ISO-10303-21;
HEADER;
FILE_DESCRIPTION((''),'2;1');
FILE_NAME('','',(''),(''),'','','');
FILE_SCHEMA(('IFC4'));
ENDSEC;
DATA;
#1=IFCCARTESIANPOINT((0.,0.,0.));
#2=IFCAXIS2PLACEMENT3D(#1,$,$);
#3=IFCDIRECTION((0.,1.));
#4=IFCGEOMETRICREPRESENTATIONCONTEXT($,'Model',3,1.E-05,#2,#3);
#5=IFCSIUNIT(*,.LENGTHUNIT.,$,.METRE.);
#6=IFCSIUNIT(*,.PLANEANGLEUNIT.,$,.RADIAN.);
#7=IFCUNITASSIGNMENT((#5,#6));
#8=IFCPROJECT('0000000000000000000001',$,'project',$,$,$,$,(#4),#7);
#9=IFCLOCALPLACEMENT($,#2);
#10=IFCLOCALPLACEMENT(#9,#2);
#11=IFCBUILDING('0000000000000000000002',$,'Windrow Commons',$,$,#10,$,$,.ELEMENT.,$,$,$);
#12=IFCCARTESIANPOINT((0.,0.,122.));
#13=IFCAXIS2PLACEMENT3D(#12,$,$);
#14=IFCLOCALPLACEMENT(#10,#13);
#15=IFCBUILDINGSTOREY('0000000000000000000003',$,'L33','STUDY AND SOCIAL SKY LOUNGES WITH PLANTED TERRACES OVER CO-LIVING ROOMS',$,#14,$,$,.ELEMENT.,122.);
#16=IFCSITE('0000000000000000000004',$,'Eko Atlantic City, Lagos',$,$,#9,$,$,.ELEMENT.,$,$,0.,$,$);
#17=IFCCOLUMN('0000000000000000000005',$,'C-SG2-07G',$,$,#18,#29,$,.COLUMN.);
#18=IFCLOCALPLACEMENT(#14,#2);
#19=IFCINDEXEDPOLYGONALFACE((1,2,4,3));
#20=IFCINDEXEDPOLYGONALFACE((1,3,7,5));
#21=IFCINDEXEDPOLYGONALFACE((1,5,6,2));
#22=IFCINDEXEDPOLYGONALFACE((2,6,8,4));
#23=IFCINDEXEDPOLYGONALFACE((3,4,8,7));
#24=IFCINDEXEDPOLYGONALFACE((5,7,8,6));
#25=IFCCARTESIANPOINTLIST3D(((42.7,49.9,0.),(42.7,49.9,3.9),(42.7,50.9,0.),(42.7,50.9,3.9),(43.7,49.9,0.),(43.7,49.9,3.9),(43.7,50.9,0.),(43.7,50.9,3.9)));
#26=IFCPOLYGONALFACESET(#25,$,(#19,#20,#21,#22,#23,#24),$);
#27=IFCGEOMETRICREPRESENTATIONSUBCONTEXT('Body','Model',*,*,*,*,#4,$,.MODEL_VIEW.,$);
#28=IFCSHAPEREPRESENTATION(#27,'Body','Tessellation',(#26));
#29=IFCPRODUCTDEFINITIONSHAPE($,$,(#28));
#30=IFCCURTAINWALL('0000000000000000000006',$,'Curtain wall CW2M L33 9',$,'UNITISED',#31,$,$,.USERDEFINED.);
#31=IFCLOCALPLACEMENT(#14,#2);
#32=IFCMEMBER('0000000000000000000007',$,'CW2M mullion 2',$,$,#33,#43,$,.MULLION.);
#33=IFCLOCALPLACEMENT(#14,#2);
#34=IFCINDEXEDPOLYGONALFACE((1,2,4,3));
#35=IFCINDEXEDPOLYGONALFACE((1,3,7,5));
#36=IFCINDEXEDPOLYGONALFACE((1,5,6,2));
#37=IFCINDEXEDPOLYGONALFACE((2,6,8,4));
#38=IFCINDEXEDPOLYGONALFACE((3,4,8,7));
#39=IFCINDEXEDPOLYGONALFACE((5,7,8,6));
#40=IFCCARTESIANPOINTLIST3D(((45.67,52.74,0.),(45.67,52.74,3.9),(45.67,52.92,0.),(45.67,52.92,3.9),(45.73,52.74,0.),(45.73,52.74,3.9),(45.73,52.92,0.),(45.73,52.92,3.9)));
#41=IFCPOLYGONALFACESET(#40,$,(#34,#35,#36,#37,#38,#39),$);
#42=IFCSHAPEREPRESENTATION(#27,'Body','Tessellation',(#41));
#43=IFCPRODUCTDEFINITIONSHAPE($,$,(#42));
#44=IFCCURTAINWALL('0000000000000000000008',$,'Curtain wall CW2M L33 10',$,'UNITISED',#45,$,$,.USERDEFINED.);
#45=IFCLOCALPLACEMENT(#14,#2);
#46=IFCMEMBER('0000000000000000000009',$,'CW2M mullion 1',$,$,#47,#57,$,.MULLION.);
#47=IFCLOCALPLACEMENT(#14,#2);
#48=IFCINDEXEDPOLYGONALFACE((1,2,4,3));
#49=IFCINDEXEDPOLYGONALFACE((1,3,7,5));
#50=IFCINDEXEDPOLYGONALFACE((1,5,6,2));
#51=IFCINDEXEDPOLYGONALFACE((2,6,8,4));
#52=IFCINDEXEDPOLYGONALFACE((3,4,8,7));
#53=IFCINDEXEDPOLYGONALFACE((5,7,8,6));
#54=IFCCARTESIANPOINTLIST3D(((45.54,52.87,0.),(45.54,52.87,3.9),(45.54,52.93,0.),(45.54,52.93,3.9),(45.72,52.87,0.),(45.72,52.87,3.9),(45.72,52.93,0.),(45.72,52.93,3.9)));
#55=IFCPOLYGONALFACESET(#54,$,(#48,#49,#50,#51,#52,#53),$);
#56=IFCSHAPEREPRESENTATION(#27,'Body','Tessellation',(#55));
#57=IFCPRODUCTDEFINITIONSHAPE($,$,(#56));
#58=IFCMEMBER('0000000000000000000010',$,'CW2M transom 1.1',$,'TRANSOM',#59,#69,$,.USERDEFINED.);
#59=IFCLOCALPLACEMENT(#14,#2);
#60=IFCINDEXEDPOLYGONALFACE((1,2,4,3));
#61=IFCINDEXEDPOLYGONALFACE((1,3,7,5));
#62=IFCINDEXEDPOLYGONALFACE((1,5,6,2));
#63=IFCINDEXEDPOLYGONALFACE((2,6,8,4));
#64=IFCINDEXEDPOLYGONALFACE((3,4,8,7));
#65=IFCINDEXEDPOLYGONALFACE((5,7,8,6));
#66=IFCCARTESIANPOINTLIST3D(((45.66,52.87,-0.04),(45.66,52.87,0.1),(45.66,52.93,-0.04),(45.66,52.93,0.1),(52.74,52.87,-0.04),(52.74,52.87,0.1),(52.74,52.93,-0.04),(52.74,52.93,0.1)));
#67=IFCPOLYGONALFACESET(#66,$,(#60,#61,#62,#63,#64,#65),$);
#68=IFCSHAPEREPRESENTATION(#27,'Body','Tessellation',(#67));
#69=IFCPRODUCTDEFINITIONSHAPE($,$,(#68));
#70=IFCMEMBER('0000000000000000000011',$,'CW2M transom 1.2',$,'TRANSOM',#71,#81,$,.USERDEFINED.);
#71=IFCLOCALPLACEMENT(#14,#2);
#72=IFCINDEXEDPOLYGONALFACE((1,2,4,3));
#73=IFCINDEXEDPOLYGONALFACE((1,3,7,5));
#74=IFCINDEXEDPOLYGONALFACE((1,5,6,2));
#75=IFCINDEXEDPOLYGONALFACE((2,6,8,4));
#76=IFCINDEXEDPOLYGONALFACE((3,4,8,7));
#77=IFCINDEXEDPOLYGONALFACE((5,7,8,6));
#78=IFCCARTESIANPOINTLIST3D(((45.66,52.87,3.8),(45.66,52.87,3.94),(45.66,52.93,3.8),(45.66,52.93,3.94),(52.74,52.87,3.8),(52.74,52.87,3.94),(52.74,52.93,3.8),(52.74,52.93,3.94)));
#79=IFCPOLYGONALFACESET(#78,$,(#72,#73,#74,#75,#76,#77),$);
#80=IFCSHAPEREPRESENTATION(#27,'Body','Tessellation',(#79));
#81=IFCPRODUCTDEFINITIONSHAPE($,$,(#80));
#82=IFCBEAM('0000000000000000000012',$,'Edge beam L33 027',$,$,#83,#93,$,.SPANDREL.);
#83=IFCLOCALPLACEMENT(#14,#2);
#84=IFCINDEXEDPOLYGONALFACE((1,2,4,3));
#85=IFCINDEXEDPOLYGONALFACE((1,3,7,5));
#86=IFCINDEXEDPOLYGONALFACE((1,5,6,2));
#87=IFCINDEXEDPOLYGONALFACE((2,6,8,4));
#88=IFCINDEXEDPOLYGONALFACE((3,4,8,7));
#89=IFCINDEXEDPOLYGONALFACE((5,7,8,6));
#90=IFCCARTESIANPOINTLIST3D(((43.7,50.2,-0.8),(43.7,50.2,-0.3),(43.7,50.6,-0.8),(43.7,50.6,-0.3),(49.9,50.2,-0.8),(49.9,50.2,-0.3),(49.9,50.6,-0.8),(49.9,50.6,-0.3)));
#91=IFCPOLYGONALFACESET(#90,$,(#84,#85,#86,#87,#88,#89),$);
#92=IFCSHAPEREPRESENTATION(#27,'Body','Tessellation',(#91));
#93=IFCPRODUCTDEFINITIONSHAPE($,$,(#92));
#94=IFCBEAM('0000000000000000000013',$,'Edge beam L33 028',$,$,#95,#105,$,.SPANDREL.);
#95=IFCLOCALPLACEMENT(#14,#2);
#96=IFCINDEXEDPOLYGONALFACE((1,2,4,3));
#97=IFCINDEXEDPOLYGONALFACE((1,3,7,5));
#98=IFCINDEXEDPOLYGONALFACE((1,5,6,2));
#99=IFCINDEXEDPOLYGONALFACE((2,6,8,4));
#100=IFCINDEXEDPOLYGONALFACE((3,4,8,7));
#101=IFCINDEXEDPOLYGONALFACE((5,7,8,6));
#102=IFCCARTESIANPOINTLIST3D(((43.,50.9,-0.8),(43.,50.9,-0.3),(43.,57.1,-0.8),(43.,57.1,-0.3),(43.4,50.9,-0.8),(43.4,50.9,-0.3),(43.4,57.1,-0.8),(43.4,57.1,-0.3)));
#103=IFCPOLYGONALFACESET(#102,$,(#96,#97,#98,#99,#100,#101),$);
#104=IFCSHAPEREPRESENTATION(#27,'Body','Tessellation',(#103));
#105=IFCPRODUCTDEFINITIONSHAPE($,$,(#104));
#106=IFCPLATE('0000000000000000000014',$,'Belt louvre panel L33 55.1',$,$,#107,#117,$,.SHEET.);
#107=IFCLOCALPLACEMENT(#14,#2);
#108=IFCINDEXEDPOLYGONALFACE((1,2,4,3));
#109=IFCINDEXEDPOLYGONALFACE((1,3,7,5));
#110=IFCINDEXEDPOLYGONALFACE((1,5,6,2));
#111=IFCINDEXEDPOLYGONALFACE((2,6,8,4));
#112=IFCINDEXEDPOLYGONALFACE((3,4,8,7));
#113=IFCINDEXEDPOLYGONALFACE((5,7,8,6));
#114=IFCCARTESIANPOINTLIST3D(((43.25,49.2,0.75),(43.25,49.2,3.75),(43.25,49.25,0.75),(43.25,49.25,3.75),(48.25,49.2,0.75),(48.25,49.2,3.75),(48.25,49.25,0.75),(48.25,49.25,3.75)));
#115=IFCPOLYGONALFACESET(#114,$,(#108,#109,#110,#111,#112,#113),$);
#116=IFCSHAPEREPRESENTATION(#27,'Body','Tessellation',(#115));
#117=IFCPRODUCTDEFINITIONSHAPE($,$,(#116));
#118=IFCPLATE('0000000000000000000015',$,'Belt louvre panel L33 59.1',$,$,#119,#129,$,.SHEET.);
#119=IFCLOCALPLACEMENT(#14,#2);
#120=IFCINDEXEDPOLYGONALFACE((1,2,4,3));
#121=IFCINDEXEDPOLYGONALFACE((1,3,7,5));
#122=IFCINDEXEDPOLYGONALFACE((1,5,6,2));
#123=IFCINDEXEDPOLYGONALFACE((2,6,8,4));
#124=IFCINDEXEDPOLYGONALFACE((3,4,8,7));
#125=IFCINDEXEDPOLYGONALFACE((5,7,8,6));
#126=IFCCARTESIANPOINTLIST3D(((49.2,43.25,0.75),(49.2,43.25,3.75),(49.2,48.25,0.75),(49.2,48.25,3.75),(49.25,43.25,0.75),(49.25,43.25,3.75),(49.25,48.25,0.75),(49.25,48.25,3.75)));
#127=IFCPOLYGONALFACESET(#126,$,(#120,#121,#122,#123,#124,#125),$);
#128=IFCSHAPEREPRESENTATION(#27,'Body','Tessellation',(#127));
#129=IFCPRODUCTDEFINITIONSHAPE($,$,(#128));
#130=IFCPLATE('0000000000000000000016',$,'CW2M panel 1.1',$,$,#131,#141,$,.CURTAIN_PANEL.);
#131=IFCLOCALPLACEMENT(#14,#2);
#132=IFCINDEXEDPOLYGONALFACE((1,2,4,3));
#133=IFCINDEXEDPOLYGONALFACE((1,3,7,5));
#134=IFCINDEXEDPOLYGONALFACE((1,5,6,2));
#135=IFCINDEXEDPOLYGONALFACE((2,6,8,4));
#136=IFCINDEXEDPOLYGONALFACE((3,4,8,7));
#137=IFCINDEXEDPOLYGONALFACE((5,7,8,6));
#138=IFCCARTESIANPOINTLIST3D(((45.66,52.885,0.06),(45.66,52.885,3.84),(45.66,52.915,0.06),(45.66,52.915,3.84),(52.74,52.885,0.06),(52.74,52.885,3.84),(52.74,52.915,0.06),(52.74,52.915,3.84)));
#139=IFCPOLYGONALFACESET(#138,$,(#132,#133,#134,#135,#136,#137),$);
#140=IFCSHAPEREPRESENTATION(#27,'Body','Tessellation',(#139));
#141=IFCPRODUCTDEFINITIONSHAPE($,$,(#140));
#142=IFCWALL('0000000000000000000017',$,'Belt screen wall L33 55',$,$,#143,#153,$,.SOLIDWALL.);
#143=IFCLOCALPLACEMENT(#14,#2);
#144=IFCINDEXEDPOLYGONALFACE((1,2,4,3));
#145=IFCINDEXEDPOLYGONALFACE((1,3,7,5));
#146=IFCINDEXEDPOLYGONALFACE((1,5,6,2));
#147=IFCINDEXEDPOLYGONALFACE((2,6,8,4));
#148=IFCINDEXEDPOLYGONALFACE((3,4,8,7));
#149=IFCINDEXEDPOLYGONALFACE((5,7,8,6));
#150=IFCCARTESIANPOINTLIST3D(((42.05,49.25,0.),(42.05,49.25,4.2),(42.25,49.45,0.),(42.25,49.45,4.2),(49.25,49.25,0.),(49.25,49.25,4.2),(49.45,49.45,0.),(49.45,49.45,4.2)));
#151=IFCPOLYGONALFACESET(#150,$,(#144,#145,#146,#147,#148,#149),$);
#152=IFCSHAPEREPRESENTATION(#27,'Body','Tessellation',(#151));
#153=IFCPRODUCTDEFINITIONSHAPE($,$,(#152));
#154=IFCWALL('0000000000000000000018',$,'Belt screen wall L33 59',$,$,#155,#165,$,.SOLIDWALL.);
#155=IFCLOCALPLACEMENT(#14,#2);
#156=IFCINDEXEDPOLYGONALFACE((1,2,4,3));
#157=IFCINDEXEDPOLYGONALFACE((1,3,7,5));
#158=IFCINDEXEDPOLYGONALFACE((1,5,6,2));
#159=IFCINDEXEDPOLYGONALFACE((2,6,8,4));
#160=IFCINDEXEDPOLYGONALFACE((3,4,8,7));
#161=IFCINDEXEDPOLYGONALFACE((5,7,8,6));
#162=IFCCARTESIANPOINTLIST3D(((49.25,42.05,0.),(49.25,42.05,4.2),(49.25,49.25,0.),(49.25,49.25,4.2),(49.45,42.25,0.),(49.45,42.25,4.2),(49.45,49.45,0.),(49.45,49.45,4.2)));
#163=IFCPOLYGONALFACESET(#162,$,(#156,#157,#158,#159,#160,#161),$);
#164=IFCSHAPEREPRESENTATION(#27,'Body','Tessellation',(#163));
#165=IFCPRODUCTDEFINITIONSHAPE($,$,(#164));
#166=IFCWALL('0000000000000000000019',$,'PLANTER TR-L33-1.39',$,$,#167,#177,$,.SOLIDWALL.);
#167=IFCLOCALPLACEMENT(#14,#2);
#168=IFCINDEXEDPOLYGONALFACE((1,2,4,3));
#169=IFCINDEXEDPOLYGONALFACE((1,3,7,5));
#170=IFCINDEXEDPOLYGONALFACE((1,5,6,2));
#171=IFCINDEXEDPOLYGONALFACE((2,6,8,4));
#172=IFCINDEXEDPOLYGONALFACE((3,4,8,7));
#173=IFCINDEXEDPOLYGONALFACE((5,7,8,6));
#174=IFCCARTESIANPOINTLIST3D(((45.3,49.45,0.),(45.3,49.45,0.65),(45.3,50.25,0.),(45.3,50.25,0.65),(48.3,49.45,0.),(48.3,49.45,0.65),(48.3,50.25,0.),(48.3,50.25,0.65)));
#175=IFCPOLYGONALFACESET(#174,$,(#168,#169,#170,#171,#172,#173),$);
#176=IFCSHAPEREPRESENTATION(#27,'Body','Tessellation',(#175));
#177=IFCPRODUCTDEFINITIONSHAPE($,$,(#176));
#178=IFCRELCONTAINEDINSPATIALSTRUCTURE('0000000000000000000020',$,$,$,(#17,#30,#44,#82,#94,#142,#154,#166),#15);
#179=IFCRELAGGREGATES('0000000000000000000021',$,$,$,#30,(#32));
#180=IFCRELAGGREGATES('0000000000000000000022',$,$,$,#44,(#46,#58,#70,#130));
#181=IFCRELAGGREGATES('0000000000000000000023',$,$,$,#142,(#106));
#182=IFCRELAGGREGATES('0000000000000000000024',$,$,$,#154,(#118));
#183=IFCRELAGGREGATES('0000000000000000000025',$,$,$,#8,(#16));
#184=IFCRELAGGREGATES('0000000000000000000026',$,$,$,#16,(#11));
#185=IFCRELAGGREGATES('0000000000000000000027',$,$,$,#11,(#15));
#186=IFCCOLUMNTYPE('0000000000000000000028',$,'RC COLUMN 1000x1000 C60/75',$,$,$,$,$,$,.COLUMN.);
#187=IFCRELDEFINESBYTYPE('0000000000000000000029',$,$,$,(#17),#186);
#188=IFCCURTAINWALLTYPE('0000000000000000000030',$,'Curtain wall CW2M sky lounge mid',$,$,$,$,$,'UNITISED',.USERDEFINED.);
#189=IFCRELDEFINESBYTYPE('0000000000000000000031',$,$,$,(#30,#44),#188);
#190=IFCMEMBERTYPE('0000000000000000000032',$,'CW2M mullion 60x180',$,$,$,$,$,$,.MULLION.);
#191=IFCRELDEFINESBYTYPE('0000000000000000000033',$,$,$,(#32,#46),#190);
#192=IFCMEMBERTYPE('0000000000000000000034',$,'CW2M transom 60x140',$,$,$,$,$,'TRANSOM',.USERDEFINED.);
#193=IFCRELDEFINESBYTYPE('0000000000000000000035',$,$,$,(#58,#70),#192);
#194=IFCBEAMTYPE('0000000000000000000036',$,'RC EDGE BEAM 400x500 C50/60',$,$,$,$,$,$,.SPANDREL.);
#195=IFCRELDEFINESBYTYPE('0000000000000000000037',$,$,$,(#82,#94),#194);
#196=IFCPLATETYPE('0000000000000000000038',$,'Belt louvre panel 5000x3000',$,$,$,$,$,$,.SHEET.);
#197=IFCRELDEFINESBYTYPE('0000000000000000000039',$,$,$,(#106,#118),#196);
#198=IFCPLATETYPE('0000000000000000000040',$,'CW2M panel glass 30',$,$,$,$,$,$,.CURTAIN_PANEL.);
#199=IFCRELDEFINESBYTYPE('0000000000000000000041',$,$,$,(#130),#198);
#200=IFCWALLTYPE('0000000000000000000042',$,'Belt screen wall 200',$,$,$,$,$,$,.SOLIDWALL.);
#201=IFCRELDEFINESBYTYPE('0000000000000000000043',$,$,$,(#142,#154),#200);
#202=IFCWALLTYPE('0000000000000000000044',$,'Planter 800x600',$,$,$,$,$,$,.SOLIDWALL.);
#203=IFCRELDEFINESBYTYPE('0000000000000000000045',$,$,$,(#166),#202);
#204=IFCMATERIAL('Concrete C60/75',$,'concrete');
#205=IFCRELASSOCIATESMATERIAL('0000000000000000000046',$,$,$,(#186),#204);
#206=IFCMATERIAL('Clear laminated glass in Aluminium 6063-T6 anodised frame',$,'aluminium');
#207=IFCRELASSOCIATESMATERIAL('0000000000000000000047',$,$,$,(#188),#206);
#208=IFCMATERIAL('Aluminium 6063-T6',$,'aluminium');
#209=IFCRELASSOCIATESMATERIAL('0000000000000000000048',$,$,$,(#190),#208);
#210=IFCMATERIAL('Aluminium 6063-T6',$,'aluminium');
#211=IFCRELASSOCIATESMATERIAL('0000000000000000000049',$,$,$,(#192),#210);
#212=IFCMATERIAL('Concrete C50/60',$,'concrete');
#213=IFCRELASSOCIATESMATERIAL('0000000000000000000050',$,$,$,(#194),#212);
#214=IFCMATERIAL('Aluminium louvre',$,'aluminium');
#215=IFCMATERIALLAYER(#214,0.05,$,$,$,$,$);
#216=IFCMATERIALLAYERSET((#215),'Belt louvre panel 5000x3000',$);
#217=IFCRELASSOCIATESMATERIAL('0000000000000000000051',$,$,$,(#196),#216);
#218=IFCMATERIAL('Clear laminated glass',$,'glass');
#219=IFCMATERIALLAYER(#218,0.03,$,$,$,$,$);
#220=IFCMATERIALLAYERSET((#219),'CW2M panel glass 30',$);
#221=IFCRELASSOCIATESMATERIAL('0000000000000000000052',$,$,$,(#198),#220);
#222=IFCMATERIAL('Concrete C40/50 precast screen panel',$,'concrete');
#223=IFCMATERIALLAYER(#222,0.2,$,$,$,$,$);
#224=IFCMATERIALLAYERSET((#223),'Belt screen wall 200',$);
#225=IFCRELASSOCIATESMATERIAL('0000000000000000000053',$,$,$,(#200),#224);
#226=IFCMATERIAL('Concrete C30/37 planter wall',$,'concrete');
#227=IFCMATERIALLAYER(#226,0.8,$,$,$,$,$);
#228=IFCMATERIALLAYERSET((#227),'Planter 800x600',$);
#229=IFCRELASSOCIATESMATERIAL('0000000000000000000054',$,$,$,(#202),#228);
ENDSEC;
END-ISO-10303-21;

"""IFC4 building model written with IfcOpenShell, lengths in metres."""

from ifc_helpers import new_model, si_unit, direction, frame, frame_2d, origin, origin_2d, place, context, subcontext, project, spatial, polyline, rectangle, outline, extrude, material, layer, layer_set, material_profile, profile_set, type_object, element, aggregate, save


model = new_model("IFC4")

# Units and contexts
model_context = context("Model", 3, precision=1e-05, world=origin(), true_north=direction((0.0, 1.0)))
body_context = subcontext(model_context, "Body", "Model", "MODEL_VIEW")
ifc_project = project(units=[si_unit("LENGTHUNIT", "METRE"), si_unit("PLANEANGLEUNIT", "RADIAN")], contexts=[model_context])

# Site, building, storey
site_placement = place(None, origin())
site = spatial("IfcSite", under=ifc_project, at=site_placement, Name="Eko Atlantic City, Lagos", CompositionType="ELEMENT", RefElevation=0.0)
building_placement = place(site_placement, origin())
building = spatial("IfcBuilding", under=site, at=building_placement, Name="Windrow Commons", CompositionType="ELEMENT")
storey_placement = place(building_placement, frame((0.0, 0.0, 122.0)))
storey = spatial("IfcBuildingStorey", under=building, at=storey_placement, Name="L33", Description="STUDY AND SOCIAL SKY LOUNGES WITH PLANTED TERRACES OVER CO-LIVING ROOMS", CompositionType="ELEMENT", Elevation=122.0)

# Column
ifc_material_1 = material(Name="Concrete C60/75", Category="concrete")
ifc_material_profile_1 = material_profile(ifc_material_1, rectangle(XDim=1.0, YDim=1.0, at=origin_2d()))
ifc_profile_set_1 = profile_set([ifc_material_profile_1], Name="Concrete C60/75")
column_type = type_object("IfcColumnType", Name="RC COLUMN 1000x1000 C60/75", PredefinedType="COLUMN", material=ifc_profile_set_1)
column_placement = place(storey_placement, frame((43.2, 50.4, 0.0), z_axis=(0.0, 0.0, 1.0), x_axis=(1.0, 0.0, 0.0)))
element("IfcColumn", 1, at=column_placement, inside=storey, type_object=column_type, Name="C-SG2-07G", PredefinedType="COLUMN", context=body_context, shape_type="SweptSolid", body=[
    extrude(rectangle(XDim=1.0, YDim=1.0, at=origin_2d()), origin(), (0.0, 0.0, 1.0), 3.9),
])

# Curtain wall, member
ifc_material_2 = material(Name="Clear laminated glass in Aluminium 6063-T6 anodised frame", Category="aluminium")
curtain_wall_type = type_object("IfcCurtainWallType", Name="Curtain wall CW2M sky lounge mid", ElementType="UNITISED", PredefinedType="USERDEFINED", material=ifc_material_2)
placement = place(storey_placement, origin())
curtain_wall_1 = element("IfcCurtainWall", 2, at=placement, inside=storey, type_object=curtain_wall_type, Name="Curtain wall CW2M L33 9", ObjectType="UNITISED", PredefinedType="USERDEFINED")
ifc_material_3 = material(Name="Aluminium 6063-T6", Category="aluminium")
ifc_material_profile_2 = material_profile(ifc_material_3, rectangle(XDim=0.06, YDim=0.18, at=origin_2d()))
ifc_profile_set_2 = profile_set([ifc_material_profile_2], Name="Aluminium 6063-T6")
member_type_1 = type_object("IfcMemberType", Name="CW2M mullion 60x180", PredefinedType="MULLION", material=ifc_profile_set_2)
member_1_placement = place(storey_placement, frame((45.7, 52.83, 0.0), z_axis=(0.0, 0.0, 1.0), x_axis=(1.0, 0.0, 0.0)))
member_1 = element("IfcMember", 3, at=member_1_placement, type_object=member_type_1, Name="CW2M mullion 2", PredefinedType="MULLION", context=body_context, shape_type="SweptSolid", body=[
    extrude(rectangle(XDim=0.06, YDim=0.18, at=origin_2d()), origin(), (0.0, 0.0, 1.0), 3.9),
])
aggregate(curtain_wall_1, [member_1])

# Curtain wall, members
curtain_wall_2 = element("IfcCurtainWall", 4, at=placement, inside=storey, type_object=curtain_wall_type, Name="Curtain wall CW2M L33 10", ObjectType="UNITISED", PredefinedType="USERDEFINED")
member_2_placement = place(storey_placement, frame((45.63, 52.9, 0.0), z_axis=(0.0, 0.0, 1.0), x_axis=(0.0, 1.0, 0.0)))
member_2 = element("IfcMember", 5, at=member_2_placement, type_object=member_type_1, Name="CW2M mullion 1", PredefinedType="MULLION", context=body_context, shape_type="SweptSolid", body=[
    extrude(rectangle(XDim=0.06, YDim=0.18, at=origin_2d()), origin(), (0.0, 0.0, 1.0), 3.9),
])
ifc_material_4 = material(Name="Aluminium 6063-T6", Category="aluminium")
ifc_material_profile_3 = material_profile(ifc_material_4, rectangle(XDim=0.06, YDim=0.14, at=origin_2d()))
ifc_profile_set_3 = profile_set([ifc_material_profile_3], Name="Aluminium 6063-T6")
member_type_2 = type_object("IfcMemberType", Name="CW2M transom 60x140", ElementType="TRANSOM", PredefinedType="USERDEFINED", material=ifc_profile_set_3)
member_3_placement = place(storey_placement, frame((45.66, 52.9, 0.03), z_axis=(1.0, 0.0, 0.0), x_axis=(0.0, 1.0, 0.0)))
member_3 = element("IfcMember", 6, at=member_3_placement, type_object=member_type_2, Name="CW2M transom 1.1", ObjectType="TRANSOM", PredefinedType="USERDEFINED", context=body_context, shape_type="SweptSolid", body=[
    extrude(rectangle(XDim=0.06, YDim=0.14, at=origin_2d()), origin(), (0.0, 0.0, 1.0), 7.08),
])
member_4_placement = place(storey_placement, frame((45.66, 52.9, 3.87), z_axis=(1.0, 0.0, 0.0), x_axis=(0.0, 1.0, 0.0)))
member_4 = element("IfcMember", 7, at=member_4_placement, type_object=member_type_2, Name="CW2M transom 1.2", ObjectType="TRANSOM", PredefinedType="USERDEFINED", context=body_context, shape_type="SweptSolid", body=[
    extrude(rectangle(XDim=0.06, YDim=0.14, at=origin_2d()), origin(), (0.0, 0.0, 1.0), 7.08),
])

# Beams
ifc_material_5 = material(Name="Concrete C50/60", Category="concrete")
ifc_material_profile_4 = material_profile(ifc_material_5, rectangle(XDim=0.4, YDim=0.5, at=origin_2d()))
ifc_profile_set_4 = profile_set([ifc_material_profile_4], Name="Concrete C50/60")
beam_type = type_object("IfcBeamType", Name="RC EDGE BEAM 400x500 C50/60", PredefinedType="SPANDREL", material=ifc_profile_set_4)
for number, where, z_axis, x_axis, name in (
    (8, (49.9, 50.4, -0.55), (-1.0, 0.0, 0.0), (0.0, -1.0, 0.0), "Edge beam L33 027"),
    (9, (43.2, 50.9, -0.55), (0.0, 1.0, 0.0), (-1.0, 0.0, 0.0), "Edge beam L33 028"),
):
    element("IfcBeam", number, at=place(storey_placement, frame(where, z_axis=z_axis, x_axis=x_axis)), inside=storey, type_object=beam_type, Name=name, PredefinedType="SPANDREL", context=body_context, shape_type="SweptSolid", body=[
        extrude(rectangle(XDim=0.4, YDim=0.5, at=origin_2d()), origin(), (0.0, 0.0, 1.0), 6.2),
    ])

# Plates
ifc_material_6 = material(Name="Aluminium louvre", Category="aluminium")
ifc_layer_1 = layer(ifc_material_6, 0.05)
ifc_layer_set_1 = layer_set([ifc_layer_1], Name="Belt louvre panel 5000x3000")
plate_type_1 = type_object("IfcPlateType", Name="Belt louvre panel 5000x3000", PredefinedType="SHEET", material=ifc_layer_set_1)
plate_1_placement = place(storey_placement, frame((43.25, 49.2, 0.75), z_axis=(0.0, -1.0, 0.0), x_axis=(1.0, 0.0, 0.0)))
plate_1 = element("IfcPlate", 10, at=plate_1_placement, type_object=plate_type_1, Name="Belt louvre panel L33 55.1", PredefinedType="SHEET", context=body_context, shape_type="SweptSolid", body=[
    extrude(outline(polyline([(0.0, 0.0), (5.0, 0.0), (5.0, 3.0), (0.0, 3.0), (0.0, 0.0)])), origin(), (0.0, 0.0, -1.0), 0.05),
])
plate_2_placement = place(storey_placement, frame((49.2, 48.25, 0.75), z_axis=(-1.0, 0.0, 0.0), x_axis=(0.0, -1.0, 0.0)))
plate_2 = element("IfcPlate", 11, at=plate_2_placement, type_object=plate_type_1, Name="Belt louvre panel L33 59.1", PredefinedType="SHEET", context=body_context, shape_type="SweptSolid", body=[
    extrude(outline(polyline([(0.0, 0.0), (5.0, 0.0), (5.0, 3.0), (0.0, 3.0), (0.0, 0.0)])), origin(), (0.0, 0.0, -1.0), 0.05),
])
ifc_material_7 = material(Name="Clear laminated glass", Category="glass")
ifc_layer_2 = layer(ifc_material_7, 0.03)
ifc_layer_set_2 = layer_set([ifc_layer_2], Name="CW2M panel glass 30")
plate_type_2 = type_object("IfcPlateType", Name="CW2M panel glass 30", PredefinedType="CURTAIN_PANEL", material=ifc_layer_set_2)
plate_3_placement = place(storey_placement, frame((49.2, 52.9, 0.06), z_axis=(0.0, 0.0, 1.0), x_axis=(1.0, 0.0, 0.0)))
plate_3 = element("IfcPlate", 12, at=plate_3_placement, type_object=plate_type_2, Name="CW2M panel 1.1", PredefinedType="CURTAIN_PANEL", context=body_context, shape_type="SweptSolid", body=[
    extrude(rectangle(XDim=7.08, YDim=0.03, at=origin_2d()), origin(), (0.0, 0.0, 1.0), 3.78),
])
aggregate(curtain_wall_2, [member_2, member_3, member_4, plate_3])

# Walls
ifc_material_8 = material(Name="Concrete C40/50 precast screen panel", Category="concrete")
ifc_layer_3 = layer(ifc_material_8, 0.2)
ifc_layer_set_3 = layer_set([ifc_layer_3], Name="Belt screen wall 200")
wall_type_1 = type_object("IfcWallType", Name="Belt screen wall 200", PredefinedType="SOLIDWALL", material=ifc_layer_set_3)
wall_1_placement = place(storey_placement, frame((42.15, 49.35, 0.0), z_axis=(0.0, 0.0, 1.0), x_axis=(1.0, 0.0, 0.0)))
wall_1 = element("IfcWall", 13, at=wall_1_placement, inside=storey, type_object=wall_type_1, Name="Belt screen wall L33 55", PredefinedType="SOLIDWALL", context=body_context, shape_type="SweptSolid", body=[
    extrude(outline(polyline([(-0.1, -0.1), (7.1, -0.1), (7.3, 0.1), (0.1, 0.1), (-0.1, -0.1)])), origin(), (0.0, 0.0, 1.0), 4.2),
])
aggregate(wall_1, [plate_1])
wall_2_placement = place(storey_placement, frame((49.35, 49.35, 0.0), z_axis=(0.0, 0.0, 1.0), x_axis=(0.0, -1.0, 0.0)))
wall_2 = element("IfcWall", 14, at=wall_2_placement, inside=storey, type_object=wall_type_1, Name="Belt screen wall L33 59", PredefinedType="SOLIDWALL", context=body_context, shape_type="SweptSolid", body=[
    extrude(outline(polyline([(0.1, -0.1), (7.3, -0.1), (7.1, 0.1), (-0.1, 0.1), (0.1, -0.1)])), origin(), (0.0, 0.0, 1.0), 4.2),
])
aggregate(wall_2, [plate_2])
ifc_material_9 = material(Name="Concrete C30/37 planter wall", Category="concrete")
ifc_layer_4 = layer(ifc_material_9, 0.8)
ifc_layer_set_4 = layer_set([ifc_layer_4], Name="Planter 800x600")
wall_type_2 = type_object("IfcWallType", Name="Planter 800x600", PredefinedType="SOLIDWALL", material=ifc_layer_set_4)
wall_3_placement = place(storey_placement, frame((45.3, 49.85, 0.0), z_axis=(0.0, 0.0, 1.0), x_axis=(1.0, 0.0, 0.0)))
element("IfcWall", 15, at=wall_3_placement, inside=storey, type_object=wall_type_2, Name="PLANTER TR-L33-1.39", PredefinedType="SOLIDWALL", context=body_context, shape_type="SweptSolid", body=[
    extrude(rectangle(XDim=3.0, YDim=0.8, at=frame_2d((1.5, 0.0))), origin(), (0.0, 0.0, 1.0), 0.65),
])

save(model, "model.ifc")
